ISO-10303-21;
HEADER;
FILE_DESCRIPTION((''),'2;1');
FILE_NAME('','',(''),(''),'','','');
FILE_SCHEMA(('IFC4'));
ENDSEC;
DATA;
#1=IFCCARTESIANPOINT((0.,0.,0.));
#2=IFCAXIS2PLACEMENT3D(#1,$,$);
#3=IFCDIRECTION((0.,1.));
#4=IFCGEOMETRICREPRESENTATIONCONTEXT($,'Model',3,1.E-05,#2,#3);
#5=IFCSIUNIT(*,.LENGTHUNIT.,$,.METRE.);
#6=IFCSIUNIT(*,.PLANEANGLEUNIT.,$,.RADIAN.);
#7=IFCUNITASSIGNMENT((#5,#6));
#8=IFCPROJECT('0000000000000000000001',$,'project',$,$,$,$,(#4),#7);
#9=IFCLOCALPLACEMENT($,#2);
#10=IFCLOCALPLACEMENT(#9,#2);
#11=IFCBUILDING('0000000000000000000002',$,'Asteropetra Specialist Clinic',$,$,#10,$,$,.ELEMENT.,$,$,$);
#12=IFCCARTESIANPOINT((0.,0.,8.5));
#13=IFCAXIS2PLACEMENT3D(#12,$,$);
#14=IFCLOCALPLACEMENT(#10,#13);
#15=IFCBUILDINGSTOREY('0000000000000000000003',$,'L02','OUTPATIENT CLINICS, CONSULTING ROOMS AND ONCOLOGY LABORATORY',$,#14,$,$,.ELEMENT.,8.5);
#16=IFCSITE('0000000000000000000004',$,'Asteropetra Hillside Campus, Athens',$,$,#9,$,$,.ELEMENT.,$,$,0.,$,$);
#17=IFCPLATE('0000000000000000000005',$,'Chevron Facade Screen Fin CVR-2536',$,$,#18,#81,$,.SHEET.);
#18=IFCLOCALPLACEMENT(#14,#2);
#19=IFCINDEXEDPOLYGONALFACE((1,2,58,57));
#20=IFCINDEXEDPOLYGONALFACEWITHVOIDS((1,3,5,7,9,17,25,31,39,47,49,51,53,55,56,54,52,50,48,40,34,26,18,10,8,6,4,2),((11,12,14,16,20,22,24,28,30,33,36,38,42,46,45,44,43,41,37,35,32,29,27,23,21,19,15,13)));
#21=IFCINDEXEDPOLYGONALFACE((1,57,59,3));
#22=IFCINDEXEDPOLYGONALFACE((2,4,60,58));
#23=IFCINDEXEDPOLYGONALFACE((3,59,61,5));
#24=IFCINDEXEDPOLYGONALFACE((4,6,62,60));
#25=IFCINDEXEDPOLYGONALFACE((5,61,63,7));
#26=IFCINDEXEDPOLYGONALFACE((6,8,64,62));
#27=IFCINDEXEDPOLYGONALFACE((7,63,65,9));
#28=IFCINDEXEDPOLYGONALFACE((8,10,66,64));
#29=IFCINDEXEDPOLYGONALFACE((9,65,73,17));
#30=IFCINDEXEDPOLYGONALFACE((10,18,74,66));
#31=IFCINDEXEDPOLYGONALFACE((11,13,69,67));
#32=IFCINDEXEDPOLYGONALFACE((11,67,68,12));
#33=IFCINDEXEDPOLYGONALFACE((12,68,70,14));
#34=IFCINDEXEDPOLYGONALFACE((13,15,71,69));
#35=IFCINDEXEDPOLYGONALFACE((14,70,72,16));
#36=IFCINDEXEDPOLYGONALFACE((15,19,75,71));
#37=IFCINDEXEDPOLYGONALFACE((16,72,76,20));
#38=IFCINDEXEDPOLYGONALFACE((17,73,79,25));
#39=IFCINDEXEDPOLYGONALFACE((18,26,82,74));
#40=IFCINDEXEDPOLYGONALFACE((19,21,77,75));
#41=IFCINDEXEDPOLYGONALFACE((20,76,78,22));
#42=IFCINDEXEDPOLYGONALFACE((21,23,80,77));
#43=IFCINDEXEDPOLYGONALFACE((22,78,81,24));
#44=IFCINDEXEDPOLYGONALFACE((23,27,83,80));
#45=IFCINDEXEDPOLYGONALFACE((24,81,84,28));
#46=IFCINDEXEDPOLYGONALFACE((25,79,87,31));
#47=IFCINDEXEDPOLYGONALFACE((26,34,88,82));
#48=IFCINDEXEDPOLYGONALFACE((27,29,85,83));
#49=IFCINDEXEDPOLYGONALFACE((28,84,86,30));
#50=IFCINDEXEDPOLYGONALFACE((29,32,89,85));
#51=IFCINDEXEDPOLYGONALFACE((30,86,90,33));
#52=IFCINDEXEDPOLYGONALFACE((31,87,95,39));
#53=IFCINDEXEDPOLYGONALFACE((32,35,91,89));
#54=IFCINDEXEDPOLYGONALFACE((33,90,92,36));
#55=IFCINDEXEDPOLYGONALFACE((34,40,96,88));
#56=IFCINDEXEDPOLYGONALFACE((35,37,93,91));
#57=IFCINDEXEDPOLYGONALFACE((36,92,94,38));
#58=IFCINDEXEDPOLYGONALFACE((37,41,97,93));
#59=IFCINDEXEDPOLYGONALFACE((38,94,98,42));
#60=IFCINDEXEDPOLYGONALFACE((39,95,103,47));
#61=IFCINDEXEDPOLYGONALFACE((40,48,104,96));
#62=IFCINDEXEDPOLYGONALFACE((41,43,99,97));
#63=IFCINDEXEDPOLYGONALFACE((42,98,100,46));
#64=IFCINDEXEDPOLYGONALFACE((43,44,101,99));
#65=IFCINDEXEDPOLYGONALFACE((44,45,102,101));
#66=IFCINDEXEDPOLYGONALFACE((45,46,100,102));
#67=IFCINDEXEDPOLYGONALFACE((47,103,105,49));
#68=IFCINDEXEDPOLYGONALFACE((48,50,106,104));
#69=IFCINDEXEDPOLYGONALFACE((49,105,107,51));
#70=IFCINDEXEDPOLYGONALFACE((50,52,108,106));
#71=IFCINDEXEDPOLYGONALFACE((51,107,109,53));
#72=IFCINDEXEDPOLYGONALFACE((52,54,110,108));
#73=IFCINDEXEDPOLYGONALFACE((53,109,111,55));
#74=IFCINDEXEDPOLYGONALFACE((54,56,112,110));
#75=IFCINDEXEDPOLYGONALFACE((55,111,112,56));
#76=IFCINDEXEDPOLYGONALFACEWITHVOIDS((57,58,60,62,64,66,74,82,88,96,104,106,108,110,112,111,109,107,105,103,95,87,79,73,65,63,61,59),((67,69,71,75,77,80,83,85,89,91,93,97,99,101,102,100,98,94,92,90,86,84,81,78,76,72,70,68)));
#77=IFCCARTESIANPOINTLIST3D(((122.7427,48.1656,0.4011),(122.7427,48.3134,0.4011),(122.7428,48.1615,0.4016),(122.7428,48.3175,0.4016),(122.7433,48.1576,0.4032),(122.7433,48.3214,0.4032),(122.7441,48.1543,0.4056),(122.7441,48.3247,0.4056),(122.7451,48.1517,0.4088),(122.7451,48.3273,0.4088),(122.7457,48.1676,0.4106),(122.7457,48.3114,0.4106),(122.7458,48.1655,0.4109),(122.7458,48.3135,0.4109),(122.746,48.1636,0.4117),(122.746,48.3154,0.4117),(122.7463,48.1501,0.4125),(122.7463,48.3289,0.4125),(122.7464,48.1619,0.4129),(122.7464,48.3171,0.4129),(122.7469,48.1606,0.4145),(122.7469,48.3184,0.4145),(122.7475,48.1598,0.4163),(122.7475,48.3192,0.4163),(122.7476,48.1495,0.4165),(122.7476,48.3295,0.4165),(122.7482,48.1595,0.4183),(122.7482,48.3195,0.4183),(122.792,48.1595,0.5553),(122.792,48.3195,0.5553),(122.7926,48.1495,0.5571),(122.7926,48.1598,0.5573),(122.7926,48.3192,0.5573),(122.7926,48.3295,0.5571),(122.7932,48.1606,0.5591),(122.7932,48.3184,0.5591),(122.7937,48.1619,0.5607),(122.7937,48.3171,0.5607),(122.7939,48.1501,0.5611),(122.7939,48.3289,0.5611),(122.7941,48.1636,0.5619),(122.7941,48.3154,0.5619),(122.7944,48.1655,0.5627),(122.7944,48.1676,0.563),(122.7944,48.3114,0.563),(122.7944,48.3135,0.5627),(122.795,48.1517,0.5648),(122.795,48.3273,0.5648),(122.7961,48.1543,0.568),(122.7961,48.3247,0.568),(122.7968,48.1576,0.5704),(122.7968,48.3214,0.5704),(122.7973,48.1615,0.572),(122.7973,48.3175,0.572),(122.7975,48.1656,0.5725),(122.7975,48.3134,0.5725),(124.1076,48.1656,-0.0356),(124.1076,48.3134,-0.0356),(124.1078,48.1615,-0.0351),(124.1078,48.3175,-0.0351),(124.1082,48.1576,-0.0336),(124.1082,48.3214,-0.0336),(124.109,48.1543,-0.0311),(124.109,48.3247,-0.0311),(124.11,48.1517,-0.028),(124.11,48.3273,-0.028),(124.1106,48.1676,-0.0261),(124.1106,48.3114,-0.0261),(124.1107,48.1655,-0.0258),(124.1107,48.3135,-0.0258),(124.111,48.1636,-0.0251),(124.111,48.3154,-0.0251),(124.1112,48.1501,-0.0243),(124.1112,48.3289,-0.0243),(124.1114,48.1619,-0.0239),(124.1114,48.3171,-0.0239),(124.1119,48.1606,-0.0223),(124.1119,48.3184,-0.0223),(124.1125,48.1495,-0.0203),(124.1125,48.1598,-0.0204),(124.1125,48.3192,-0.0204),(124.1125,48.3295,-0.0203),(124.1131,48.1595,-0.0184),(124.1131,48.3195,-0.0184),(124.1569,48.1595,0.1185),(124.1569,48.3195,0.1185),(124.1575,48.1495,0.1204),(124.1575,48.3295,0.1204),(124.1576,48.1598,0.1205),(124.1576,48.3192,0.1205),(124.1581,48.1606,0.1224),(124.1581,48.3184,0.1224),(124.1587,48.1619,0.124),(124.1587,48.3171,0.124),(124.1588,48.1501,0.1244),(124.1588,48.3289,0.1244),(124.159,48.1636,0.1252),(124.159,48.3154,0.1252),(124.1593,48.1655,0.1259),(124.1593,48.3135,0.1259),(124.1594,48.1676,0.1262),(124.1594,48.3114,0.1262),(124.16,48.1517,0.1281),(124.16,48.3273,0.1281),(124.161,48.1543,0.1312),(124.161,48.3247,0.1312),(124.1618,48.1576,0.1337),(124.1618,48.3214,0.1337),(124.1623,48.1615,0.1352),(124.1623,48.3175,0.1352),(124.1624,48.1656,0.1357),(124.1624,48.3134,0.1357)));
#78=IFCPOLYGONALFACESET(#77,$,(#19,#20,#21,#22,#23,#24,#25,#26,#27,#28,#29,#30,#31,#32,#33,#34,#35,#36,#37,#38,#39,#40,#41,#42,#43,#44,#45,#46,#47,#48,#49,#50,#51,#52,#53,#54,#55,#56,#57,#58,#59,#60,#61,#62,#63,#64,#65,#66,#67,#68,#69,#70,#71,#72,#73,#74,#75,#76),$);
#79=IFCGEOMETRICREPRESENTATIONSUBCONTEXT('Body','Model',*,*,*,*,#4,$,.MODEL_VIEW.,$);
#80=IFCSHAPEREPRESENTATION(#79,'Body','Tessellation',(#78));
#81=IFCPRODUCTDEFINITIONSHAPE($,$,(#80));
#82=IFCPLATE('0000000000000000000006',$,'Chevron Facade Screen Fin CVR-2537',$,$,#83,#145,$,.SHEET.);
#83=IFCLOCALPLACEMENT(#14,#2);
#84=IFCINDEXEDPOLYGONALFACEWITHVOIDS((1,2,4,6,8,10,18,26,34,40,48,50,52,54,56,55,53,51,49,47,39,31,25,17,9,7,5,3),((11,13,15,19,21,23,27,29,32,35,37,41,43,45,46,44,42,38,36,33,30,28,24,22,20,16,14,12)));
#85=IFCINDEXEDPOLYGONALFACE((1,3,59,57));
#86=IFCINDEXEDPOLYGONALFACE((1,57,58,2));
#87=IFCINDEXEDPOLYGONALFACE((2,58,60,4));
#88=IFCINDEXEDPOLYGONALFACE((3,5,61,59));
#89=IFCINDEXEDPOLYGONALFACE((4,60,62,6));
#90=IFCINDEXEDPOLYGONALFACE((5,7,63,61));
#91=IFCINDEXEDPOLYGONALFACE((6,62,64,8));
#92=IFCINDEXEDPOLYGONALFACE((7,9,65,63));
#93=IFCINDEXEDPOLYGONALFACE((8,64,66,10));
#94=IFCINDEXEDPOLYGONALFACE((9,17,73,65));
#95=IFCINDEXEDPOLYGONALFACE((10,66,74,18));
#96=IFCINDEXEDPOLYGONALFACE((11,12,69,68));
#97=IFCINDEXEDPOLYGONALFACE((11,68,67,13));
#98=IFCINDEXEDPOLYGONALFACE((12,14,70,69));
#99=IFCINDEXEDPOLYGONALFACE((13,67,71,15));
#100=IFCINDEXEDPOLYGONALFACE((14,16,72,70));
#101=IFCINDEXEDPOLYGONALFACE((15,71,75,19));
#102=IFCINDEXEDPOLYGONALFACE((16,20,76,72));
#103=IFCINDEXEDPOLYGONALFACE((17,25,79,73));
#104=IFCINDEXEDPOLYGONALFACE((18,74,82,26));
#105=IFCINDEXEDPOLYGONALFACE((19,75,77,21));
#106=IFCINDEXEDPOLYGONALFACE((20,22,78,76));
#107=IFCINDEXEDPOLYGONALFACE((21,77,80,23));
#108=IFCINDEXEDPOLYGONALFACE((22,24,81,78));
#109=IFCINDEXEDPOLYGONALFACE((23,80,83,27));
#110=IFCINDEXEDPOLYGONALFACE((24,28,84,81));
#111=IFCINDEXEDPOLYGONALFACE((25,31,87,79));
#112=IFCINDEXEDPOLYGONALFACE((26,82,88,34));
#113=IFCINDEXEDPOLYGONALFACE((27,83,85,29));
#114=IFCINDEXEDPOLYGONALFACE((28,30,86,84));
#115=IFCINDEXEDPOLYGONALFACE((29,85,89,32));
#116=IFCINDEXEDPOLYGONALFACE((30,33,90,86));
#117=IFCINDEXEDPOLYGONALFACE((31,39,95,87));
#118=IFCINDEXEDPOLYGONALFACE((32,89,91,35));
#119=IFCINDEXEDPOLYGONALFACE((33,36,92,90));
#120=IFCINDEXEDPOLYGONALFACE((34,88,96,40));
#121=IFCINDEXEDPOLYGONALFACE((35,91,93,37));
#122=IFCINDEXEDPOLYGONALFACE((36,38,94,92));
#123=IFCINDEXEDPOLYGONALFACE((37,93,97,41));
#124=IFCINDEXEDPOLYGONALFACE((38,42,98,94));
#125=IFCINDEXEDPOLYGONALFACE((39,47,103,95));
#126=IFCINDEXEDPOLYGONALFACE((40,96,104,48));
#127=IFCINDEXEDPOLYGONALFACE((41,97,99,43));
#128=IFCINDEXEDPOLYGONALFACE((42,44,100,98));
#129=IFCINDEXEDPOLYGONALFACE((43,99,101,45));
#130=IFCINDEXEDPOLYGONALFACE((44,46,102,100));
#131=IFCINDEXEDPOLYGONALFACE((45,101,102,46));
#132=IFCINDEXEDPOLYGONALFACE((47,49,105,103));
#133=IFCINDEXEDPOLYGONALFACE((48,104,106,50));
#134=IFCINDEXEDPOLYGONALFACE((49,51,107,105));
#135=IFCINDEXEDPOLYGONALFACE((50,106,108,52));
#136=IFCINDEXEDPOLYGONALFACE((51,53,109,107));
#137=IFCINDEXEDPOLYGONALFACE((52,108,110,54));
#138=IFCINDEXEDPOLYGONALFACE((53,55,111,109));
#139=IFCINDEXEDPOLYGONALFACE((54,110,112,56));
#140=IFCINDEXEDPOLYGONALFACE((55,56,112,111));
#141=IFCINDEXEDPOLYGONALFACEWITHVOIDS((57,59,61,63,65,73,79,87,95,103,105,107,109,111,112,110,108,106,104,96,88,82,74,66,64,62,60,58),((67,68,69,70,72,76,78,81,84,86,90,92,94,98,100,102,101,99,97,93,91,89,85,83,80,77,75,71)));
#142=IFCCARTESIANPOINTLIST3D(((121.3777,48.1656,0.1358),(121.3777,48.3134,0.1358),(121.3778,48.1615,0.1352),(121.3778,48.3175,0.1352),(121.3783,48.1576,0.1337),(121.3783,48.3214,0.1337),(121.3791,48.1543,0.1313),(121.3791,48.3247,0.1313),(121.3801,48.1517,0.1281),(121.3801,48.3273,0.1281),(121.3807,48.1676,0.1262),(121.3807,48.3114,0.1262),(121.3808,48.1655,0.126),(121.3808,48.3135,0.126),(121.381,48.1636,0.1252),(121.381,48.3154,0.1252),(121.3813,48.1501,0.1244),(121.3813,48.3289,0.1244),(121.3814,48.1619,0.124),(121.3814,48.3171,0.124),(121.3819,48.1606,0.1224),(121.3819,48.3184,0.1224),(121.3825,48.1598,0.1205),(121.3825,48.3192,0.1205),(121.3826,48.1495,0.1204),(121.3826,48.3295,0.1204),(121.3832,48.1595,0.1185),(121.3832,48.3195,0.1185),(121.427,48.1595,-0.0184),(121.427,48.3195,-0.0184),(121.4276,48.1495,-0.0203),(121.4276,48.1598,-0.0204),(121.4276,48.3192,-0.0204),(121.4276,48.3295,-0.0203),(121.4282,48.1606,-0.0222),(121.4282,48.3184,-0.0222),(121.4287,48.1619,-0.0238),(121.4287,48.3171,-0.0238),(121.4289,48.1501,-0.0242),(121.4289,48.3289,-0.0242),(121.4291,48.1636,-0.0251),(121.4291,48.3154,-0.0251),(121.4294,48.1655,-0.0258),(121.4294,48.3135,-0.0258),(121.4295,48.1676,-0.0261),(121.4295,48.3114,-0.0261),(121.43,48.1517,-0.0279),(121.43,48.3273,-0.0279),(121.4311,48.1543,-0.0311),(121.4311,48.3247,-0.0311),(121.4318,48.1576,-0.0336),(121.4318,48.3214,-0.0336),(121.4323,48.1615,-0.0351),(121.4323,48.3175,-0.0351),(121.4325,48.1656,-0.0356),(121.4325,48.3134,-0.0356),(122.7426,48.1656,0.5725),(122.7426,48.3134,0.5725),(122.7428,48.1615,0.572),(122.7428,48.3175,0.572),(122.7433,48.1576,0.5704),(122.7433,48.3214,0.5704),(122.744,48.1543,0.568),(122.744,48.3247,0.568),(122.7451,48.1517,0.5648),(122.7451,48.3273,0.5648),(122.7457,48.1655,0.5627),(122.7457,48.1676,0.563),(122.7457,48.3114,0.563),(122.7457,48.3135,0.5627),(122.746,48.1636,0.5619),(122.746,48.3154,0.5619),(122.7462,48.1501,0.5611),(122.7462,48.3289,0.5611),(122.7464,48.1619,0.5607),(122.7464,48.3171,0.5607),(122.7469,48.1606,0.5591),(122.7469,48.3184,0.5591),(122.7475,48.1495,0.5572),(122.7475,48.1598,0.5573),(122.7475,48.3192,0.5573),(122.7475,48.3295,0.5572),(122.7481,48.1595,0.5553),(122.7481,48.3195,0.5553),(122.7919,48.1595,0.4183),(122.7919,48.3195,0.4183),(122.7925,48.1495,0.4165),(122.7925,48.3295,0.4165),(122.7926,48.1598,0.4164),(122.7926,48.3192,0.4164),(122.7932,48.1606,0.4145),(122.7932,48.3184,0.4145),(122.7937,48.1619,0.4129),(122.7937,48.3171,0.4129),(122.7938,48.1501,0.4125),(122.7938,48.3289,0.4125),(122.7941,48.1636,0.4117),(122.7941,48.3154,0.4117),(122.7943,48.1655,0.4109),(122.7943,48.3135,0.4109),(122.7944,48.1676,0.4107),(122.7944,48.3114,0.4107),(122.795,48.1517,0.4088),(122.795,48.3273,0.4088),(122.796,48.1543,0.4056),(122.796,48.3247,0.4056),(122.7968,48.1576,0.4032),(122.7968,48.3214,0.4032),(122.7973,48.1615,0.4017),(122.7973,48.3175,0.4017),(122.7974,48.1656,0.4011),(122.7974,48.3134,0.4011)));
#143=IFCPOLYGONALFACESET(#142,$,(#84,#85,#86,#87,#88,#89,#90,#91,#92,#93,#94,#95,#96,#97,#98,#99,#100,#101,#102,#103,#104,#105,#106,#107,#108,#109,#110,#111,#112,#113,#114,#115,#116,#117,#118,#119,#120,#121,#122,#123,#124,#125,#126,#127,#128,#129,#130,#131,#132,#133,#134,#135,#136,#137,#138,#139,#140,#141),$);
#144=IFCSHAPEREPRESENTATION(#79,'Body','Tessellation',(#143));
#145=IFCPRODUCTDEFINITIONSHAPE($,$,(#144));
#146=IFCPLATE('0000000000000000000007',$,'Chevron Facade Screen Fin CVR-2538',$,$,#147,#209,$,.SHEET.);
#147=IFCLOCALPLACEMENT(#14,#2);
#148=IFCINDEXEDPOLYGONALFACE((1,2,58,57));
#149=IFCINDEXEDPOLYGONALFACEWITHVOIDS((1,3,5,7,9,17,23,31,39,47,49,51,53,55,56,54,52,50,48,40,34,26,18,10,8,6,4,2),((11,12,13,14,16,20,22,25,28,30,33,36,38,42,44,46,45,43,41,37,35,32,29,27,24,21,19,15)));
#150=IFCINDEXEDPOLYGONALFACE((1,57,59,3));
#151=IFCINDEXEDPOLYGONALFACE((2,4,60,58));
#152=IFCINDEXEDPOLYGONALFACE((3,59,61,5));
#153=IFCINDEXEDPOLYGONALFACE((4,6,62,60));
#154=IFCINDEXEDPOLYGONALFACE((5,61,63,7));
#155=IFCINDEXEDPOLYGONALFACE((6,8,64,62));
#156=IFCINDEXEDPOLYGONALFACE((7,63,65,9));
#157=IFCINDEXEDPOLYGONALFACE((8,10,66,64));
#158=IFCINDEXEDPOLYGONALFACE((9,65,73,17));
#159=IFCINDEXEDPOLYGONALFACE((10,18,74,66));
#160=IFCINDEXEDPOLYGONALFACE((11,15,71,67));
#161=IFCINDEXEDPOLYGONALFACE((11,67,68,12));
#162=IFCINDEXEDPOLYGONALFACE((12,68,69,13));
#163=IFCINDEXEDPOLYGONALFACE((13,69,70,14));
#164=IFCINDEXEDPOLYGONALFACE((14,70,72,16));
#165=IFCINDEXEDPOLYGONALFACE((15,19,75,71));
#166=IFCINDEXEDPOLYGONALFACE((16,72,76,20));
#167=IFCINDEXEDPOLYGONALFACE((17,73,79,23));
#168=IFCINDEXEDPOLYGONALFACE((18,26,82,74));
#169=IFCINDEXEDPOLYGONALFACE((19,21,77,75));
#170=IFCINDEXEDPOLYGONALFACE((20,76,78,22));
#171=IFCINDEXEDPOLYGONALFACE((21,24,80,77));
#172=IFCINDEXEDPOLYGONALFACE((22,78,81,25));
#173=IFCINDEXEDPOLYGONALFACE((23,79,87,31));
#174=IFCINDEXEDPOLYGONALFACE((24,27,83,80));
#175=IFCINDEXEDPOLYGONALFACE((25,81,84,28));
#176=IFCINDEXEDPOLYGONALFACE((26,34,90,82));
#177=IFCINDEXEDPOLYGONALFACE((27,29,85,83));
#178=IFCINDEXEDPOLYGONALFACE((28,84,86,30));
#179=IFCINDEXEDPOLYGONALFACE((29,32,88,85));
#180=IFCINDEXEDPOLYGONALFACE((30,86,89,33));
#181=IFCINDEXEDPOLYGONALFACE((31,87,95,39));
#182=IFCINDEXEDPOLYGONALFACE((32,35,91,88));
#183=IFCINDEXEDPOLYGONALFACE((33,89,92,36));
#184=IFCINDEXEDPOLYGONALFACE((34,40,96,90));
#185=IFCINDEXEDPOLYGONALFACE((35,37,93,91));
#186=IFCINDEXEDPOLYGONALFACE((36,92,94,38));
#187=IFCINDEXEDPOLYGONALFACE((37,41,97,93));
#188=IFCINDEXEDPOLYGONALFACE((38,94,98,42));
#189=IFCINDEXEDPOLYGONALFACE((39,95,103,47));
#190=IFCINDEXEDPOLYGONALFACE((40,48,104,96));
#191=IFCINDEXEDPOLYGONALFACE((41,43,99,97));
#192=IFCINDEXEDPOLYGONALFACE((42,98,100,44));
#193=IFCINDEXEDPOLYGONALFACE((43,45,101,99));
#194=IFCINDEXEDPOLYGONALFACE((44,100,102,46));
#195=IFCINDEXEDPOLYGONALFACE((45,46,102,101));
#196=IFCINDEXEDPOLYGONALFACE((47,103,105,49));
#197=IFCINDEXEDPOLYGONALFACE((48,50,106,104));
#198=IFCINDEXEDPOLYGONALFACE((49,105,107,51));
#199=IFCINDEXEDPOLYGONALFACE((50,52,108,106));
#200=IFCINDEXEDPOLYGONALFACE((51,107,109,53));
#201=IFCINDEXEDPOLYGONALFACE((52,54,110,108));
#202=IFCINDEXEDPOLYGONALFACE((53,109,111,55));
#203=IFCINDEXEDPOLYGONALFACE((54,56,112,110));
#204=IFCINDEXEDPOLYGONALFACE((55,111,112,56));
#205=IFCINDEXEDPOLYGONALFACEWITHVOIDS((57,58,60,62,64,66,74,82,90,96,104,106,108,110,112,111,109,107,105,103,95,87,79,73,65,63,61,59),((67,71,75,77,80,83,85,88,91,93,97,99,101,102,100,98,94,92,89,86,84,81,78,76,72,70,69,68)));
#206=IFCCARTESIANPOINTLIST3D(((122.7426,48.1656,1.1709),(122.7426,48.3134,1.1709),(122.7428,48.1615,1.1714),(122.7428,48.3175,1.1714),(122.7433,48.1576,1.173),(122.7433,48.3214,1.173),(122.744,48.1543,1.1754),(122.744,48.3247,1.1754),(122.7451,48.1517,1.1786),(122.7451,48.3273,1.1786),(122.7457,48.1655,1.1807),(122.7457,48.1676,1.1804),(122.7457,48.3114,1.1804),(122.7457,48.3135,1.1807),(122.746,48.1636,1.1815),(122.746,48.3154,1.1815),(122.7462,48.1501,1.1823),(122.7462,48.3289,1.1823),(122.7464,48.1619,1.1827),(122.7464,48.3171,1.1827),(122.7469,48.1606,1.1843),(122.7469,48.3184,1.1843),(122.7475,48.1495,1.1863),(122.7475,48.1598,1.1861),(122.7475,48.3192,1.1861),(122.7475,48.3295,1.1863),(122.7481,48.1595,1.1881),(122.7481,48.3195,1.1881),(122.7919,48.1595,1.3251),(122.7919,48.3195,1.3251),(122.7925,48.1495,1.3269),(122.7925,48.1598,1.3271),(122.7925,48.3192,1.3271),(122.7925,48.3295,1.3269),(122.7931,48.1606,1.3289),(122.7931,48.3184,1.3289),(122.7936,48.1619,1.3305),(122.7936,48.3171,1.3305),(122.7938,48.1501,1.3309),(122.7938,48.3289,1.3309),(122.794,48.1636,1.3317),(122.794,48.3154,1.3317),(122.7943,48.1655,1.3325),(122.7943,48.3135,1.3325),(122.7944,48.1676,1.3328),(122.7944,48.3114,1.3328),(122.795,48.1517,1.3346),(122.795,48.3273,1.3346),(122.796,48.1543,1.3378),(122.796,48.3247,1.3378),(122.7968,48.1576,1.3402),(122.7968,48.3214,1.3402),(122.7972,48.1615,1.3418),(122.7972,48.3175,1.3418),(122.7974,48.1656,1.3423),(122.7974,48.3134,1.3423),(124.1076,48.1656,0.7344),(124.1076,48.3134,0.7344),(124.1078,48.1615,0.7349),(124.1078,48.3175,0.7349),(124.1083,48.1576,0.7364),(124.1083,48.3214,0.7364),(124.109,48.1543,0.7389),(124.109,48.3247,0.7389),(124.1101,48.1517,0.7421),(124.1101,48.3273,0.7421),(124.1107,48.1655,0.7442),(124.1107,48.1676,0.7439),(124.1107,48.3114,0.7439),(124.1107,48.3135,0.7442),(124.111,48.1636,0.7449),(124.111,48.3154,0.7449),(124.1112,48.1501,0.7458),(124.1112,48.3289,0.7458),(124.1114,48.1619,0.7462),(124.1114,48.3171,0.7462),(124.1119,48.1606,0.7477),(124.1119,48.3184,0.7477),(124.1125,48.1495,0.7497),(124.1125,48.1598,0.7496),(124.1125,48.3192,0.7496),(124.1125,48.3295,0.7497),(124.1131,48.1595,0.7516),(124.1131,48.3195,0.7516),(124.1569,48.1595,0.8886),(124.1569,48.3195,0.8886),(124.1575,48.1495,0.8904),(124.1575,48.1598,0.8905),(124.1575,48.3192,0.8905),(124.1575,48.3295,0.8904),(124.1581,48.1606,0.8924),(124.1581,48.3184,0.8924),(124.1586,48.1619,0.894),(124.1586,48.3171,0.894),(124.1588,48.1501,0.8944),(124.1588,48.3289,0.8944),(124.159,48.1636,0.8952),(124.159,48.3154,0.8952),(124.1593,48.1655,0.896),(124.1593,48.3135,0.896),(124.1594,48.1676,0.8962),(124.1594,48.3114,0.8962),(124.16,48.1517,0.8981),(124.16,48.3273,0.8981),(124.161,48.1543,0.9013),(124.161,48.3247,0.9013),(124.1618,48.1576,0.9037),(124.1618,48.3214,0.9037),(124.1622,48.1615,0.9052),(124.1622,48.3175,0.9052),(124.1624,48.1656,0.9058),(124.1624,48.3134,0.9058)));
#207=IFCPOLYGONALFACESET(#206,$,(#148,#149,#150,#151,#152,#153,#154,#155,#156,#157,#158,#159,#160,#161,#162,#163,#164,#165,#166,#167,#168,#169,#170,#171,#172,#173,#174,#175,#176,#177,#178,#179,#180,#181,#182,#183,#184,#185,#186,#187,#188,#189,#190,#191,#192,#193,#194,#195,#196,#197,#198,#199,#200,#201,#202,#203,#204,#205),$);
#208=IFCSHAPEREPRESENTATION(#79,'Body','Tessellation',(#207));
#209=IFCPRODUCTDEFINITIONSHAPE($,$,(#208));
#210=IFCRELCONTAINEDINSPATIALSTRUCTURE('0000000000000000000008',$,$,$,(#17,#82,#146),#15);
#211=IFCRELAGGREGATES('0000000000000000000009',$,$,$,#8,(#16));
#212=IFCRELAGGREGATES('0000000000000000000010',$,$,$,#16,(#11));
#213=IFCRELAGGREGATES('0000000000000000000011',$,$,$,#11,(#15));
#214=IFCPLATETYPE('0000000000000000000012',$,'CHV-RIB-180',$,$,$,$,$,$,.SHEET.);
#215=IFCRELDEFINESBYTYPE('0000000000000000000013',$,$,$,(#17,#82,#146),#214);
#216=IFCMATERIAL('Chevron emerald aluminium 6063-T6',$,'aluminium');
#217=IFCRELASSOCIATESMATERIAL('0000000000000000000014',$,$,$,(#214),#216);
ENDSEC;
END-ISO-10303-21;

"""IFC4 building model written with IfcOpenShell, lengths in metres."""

from ifc_helpers import new_model, si_unit, direction, frame, origin, origin_2d, place, context, subcontext, project, spatial, hollow_rectangle, extrude, material, material_profile, profile_set, type_object, element, save


model = new_model("IFC4")

# Units and contexts
model_context = context("Model", 3, precision=1e-05, world=origin(), true_north=direction((0.0, 1.0)))
body_context = subcontext(model_context, "Body", "Model", "MODEL_VIEW")
ifc_project = project(units=[si_unit("LENGTHUNIT", "METRE"), si_unit("PLANEANGLEUNIT", "RADIAN")], contexts=[model_context])

# Site, building, storey
site_placement = place(None, origin())
site = spatial("IfcSite", under=ifc_project, at=site_placement, Name="Asteropetra Hillside Campus, Athens", CompositionType="ELEMENT", RefElevation=0.0)
building_placement = place(site_placement, origin())
building = spatial("IfcBuilding", under=site, at=building_placement, Name="Asteropetra Specialist Clinic", CompositionType="ELEMENT")
storey_placement = place(building_placement, frame((0.0, 0.0, 8.5)))
storey = spatial("IfcBuildingStorey", under=building, at=storey_placement, Name="L02", Description="OUTPATIENT CLINICS, CONSULTING ROOMS AND ONCOLOGY LABORATORY", CompositionType="ELEMENT", Elevation=8.5)

# Plates
ifc_material_1 = material(Name="Chevron emerald aluminium 6063-T6", Category="aluminium")
ifc_material_profile_1 = material_profile(ifc_material_1, hollow_rectangle(XDim=0.1799, YDim=0.1799, WallThickness=0.01, InnerFilletRadius=0.0081, OuterFilletRadius=0.0161, at=origin_2d()), Name="SHS 180x180x10.0")
ifc_profile_set_1 = profile_set([ifc_material_profile_1], Name="Chevron emerald aluminium 6063-T6")
plate_type = type_object("IfcPlateType", Name="CHV-RIB-180", PredefinedType="SHEET", material=ifc_profile_set_1)
for number, where, z_axis, x_axis, name in (
    (1, (124.135, 48.2395, 0.05), (-0.95243, 0.0, 0.304757), (0.0, -1.0, 0.0), "Chevron Facade Screen Fin CVR-2536"),
    (2, (122.77, 48.2395, 0.4868), (-0.95243, 0.0, -0.304757), (0.0, -1.0, 0.0), "Chevron Facade Screen Fin CVR-2537"),
    (3, (124.135, 48.2395, 0.8201), (-0.95248, 0.0, 0.304603), (0.0, -1.0, 0.0), "Chevron Facade Screen Fin CVR-2538"),
):
    element("IfcPlate", number, at=place(storey_placement, frame(where, z_axis=z_axis, x_axis=x_axis)), inside=storey, type_object=plate_type, Name=name, PredefinedType="SHEET", context=body_context, shape_type="SweptSolid", body=[
        extrude(hollow_rectangle(XDim=0.1799, YDim=0.1799, WallThickness=0.01, InnerFilletRadius=0.0081, OuterFilletRadius=0.0161, at=origin_2d()), origin(), (0.0, 0.0, 1.0), 1.4331),
    ])

save(model, "model.ifc")
